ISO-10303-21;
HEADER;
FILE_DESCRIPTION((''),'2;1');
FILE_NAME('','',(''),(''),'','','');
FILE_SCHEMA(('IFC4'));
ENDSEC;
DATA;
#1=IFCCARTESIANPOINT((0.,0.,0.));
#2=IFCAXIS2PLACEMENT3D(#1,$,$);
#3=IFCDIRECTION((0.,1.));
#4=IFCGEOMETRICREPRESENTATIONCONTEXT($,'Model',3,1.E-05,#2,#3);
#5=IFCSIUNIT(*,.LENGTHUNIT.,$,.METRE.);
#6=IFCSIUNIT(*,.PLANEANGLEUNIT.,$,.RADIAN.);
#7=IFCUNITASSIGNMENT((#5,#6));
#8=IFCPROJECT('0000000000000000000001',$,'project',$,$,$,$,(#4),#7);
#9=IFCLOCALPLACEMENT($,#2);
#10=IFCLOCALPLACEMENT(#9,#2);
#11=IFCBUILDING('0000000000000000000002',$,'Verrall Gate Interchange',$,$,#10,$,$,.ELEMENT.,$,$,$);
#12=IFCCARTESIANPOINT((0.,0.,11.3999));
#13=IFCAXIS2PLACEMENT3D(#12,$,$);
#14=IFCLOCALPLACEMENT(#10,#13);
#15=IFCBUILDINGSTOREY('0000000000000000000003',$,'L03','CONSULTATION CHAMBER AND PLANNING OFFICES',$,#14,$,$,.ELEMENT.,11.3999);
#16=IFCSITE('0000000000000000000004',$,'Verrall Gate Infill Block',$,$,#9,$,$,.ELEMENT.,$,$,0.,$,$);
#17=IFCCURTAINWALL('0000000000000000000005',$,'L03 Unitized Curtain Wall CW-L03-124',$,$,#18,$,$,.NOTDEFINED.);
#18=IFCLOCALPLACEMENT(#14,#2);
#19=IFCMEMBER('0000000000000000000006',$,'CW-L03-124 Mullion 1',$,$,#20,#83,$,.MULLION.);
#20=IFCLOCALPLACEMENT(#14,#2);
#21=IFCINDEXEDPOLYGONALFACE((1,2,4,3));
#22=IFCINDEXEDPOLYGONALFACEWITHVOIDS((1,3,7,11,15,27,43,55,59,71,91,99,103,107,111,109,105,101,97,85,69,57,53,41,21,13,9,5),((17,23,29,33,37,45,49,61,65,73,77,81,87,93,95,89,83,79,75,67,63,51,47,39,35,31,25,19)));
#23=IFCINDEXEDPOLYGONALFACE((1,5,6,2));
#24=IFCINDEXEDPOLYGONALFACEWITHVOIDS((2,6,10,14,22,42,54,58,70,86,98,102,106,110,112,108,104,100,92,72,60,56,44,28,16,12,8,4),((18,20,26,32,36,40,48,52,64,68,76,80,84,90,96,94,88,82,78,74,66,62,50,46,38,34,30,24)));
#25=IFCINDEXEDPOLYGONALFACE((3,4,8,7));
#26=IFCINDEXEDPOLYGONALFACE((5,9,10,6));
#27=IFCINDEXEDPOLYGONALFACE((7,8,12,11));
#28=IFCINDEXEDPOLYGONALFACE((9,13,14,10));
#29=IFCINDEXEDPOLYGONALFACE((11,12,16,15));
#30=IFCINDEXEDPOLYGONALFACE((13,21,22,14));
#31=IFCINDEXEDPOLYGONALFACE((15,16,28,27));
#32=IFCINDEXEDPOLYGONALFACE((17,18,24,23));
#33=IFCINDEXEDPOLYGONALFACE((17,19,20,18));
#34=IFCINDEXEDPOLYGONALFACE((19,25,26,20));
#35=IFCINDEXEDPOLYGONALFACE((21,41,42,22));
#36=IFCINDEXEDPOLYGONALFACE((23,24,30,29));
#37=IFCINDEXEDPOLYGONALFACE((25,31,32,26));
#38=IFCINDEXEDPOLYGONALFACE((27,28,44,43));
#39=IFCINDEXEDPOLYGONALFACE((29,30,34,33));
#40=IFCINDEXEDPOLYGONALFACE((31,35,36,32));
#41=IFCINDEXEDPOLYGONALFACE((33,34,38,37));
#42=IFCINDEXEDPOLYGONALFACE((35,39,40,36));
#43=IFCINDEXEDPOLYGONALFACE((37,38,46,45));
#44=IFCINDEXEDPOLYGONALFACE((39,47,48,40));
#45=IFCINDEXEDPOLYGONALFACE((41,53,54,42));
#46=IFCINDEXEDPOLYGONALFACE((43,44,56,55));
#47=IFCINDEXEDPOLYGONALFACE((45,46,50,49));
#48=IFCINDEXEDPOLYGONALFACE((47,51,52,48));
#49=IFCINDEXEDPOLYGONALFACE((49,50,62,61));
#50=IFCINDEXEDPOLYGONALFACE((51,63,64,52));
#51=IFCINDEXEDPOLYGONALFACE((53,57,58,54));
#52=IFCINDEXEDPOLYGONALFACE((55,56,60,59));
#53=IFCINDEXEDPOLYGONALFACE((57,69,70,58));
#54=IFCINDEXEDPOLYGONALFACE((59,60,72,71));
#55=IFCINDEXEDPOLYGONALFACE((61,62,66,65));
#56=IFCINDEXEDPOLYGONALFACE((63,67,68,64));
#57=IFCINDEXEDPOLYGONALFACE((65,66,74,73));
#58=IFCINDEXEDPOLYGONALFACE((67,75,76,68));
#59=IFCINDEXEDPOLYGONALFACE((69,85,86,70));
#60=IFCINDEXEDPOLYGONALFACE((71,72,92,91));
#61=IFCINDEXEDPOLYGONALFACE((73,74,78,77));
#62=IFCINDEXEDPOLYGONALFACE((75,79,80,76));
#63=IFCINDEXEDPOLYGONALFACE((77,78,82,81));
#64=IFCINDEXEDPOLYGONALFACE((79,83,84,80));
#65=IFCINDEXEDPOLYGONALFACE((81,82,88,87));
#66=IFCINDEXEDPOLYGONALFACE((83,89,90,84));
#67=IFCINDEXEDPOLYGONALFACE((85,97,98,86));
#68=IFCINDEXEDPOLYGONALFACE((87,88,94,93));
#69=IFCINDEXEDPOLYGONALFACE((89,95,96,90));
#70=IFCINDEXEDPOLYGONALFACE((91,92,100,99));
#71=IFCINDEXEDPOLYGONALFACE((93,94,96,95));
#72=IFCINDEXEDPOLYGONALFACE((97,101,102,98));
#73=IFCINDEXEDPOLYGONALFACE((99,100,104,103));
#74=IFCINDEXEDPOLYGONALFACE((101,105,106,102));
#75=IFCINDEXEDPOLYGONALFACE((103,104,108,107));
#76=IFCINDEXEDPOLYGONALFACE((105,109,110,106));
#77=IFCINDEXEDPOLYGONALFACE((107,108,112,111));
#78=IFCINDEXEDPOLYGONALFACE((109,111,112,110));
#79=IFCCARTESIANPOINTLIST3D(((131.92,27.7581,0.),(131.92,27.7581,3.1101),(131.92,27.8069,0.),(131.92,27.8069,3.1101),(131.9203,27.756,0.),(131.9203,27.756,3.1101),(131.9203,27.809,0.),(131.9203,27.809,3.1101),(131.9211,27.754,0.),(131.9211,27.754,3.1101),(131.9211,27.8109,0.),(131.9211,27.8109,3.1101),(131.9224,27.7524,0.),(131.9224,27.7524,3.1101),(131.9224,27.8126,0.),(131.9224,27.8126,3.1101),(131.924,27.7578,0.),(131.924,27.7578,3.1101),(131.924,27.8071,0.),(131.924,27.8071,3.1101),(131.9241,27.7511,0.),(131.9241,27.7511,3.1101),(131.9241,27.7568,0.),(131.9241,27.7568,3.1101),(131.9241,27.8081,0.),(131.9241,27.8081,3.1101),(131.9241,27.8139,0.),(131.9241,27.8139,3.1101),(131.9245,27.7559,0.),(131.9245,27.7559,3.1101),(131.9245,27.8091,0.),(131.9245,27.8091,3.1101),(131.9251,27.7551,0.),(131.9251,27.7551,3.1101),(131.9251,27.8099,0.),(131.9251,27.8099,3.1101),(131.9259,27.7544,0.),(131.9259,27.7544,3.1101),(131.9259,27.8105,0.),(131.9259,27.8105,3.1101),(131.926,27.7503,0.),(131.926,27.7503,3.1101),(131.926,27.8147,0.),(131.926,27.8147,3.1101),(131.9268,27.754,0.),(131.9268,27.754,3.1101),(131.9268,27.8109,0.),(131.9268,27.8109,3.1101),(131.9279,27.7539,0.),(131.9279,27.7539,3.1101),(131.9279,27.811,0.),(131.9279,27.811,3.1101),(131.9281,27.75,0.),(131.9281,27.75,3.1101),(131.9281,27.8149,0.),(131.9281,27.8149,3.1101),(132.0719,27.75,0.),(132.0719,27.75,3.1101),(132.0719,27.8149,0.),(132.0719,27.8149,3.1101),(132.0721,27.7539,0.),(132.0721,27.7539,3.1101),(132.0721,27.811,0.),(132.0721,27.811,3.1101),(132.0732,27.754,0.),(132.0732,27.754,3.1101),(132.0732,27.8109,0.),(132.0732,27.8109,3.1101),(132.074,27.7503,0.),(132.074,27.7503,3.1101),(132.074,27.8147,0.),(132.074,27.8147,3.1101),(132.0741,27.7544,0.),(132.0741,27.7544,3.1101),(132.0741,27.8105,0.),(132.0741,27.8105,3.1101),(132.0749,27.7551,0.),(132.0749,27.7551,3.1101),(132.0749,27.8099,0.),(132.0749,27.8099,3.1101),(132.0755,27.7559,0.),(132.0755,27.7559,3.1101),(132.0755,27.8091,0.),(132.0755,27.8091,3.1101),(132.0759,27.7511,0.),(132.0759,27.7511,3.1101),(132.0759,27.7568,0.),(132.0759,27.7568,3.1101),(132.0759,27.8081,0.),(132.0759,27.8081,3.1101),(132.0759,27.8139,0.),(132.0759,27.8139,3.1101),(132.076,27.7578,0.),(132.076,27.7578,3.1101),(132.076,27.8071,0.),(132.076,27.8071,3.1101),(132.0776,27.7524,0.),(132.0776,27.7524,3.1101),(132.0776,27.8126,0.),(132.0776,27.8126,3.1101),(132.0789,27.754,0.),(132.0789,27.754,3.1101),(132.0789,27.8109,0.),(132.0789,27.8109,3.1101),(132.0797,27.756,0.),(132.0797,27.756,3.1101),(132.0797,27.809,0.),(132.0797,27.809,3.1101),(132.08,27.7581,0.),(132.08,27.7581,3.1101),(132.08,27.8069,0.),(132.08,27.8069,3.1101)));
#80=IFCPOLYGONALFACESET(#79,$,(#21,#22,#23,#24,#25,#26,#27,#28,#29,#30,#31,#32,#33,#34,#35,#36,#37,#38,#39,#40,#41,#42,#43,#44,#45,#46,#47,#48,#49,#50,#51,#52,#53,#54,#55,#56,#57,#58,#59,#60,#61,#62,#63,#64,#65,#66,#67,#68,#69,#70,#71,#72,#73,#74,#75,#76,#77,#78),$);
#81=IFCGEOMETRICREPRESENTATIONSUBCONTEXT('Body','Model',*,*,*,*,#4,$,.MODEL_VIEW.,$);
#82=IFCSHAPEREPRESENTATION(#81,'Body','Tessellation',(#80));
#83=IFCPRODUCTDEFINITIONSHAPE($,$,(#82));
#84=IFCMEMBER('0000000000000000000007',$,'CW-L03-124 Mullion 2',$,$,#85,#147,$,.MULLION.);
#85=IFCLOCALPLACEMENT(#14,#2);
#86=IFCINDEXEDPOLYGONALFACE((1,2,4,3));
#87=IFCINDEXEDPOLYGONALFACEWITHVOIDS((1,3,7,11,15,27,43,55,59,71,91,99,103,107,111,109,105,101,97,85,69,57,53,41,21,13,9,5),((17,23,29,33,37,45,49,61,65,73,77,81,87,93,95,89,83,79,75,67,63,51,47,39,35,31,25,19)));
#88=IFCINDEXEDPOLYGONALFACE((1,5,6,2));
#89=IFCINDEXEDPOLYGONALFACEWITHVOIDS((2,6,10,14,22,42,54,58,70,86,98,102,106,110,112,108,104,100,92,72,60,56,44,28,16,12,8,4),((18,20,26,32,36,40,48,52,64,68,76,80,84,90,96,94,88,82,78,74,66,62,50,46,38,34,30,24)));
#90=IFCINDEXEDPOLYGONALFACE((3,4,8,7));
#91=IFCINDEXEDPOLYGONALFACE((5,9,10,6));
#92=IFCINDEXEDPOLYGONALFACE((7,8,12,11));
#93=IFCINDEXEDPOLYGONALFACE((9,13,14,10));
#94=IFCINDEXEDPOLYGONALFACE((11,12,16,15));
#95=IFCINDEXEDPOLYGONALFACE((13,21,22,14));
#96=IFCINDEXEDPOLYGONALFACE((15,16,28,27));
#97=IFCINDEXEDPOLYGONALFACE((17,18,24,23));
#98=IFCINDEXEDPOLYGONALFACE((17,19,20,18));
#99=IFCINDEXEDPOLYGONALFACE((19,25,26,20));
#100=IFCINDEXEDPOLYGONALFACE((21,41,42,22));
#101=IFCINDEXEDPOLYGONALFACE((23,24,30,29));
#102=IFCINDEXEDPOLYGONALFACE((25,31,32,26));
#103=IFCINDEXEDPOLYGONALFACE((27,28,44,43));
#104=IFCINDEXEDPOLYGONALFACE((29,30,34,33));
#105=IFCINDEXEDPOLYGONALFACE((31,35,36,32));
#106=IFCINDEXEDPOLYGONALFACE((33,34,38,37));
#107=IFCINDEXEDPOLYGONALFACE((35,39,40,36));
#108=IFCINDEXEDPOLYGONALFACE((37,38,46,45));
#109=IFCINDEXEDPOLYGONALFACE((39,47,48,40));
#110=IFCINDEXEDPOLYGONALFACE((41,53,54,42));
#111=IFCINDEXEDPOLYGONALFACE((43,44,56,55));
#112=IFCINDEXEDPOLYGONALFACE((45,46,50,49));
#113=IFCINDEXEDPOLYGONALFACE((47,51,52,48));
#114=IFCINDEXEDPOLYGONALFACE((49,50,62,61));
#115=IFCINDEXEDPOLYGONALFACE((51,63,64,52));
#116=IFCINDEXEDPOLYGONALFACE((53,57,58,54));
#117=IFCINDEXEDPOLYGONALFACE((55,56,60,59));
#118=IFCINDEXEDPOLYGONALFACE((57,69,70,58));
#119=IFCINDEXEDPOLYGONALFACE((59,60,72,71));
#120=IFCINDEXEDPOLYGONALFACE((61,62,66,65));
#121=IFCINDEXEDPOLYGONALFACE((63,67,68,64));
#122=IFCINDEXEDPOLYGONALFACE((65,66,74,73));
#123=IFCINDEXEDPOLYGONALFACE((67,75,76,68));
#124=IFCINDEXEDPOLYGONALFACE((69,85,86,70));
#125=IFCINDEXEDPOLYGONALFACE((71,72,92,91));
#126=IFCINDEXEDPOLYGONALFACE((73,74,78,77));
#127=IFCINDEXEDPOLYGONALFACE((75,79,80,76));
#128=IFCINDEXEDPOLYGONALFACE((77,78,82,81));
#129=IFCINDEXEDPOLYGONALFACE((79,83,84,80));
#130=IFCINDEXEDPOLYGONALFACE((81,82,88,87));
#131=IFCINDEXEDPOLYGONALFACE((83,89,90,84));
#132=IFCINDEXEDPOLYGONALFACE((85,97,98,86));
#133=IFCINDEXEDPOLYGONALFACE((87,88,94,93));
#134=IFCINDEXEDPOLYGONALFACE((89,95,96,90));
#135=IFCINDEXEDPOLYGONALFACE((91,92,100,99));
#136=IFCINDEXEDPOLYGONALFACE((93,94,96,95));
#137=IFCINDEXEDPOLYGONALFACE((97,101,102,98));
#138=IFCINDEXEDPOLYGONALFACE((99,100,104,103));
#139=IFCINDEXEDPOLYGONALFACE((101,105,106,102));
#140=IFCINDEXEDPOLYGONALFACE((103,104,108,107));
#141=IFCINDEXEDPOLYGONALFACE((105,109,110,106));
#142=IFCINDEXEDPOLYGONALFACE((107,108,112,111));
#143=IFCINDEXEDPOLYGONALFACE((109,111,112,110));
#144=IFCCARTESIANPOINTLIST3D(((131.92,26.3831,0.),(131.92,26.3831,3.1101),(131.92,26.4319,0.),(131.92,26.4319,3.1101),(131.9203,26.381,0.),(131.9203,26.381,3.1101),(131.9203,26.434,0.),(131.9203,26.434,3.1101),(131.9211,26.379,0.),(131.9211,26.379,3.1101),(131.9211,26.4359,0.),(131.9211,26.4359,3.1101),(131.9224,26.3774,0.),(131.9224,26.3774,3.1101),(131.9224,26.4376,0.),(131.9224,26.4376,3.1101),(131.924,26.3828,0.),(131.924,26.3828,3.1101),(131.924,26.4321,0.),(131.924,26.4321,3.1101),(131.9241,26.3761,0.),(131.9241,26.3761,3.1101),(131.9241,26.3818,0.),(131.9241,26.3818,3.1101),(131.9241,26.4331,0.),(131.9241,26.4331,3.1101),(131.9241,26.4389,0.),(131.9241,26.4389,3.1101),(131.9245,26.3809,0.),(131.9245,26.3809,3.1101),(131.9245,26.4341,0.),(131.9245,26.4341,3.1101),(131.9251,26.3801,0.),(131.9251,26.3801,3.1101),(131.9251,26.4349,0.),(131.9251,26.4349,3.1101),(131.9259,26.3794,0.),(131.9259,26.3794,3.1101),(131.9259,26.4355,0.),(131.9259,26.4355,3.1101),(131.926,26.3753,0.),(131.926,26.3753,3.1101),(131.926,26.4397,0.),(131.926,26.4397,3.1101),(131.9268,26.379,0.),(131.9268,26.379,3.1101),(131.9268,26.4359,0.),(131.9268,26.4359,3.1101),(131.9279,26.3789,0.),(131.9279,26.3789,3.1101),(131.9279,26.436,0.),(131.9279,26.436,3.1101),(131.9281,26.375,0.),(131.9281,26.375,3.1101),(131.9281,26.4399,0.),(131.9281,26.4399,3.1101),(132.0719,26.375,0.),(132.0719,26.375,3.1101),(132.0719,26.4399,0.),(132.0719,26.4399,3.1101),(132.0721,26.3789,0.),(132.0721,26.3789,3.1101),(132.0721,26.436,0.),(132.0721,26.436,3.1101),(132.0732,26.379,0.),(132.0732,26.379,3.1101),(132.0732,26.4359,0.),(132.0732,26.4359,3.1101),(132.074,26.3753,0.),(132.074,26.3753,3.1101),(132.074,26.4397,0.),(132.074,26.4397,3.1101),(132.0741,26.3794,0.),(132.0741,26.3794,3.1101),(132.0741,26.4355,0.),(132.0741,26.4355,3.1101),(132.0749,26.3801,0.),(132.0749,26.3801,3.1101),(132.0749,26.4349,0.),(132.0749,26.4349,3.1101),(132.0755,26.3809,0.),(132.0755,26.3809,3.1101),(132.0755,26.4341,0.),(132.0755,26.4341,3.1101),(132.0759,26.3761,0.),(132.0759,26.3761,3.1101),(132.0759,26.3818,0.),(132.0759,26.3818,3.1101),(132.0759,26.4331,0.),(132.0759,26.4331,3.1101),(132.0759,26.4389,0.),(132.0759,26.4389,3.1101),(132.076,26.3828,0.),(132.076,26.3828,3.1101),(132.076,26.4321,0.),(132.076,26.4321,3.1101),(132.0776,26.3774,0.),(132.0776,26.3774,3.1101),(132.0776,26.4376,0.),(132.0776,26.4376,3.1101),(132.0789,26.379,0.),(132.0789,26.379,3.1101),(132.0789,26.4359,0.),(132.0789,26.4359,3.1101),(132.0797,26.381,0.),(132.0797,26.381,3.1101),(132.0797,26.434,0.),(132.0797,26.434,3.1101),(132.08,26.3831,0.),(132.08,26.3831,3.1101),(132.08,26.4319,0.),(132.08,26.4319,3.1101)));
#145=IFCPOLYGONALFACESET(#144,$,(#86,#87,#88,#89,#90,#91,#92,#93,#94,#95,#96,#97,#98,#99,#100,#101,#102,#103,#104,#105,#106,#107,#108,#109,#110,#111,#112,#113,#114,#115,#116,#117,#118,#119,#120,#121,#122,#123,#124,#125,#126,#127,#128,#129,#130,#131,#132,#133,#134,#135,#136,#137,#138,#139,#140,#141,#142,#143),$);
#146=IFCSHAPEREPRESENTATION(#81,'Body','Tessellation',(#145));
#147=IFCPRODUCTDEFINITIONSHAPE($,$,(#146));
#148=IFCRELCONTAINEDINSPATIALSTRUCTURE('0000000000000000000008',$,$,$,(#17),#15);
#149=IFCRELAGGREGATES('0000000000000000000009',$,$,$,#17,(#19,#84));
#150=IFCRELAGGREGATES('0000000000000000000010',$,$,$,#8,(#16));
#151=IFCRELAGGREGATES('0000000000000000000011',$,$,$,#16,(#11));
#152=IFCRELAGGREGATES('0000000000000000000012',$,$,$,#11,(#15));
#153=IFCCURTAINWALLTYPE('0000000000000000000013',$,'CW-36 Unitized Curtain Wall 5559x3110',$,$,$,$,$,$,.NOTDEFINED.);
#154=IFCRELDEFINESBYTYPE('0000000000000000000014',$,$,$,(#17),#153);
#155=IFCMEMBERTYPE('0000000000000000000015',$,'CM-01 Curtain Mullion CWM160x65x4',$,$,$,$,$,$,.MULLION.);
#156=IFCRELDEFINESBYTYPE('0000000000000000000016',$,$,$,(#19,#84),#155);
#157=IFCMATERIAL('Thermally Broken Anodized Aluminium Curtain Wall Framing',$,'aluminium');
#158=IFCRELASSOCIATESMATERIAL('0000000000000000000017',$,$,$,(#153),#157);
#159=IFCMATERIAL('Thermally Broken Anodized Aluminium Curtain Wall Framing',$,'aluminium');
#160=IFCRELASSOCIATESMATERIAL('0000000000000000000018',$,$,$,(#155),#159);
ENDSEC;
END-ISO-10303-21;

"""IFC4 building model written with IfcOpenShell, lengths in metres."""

from ifc_helpers import new_model, si_unit, direction, frame, origin, origin_2d, place, context, subcontext, project, spatial, hollow_rectangle, extrude, material, material_profile, profile_set, type_object, element, aggregate, save


model = new_model("IFC4")

# Units and contexts
model_context = context("Model", 3, precision=1e-05, world=origin(), true_north=direction((0.0, 1.0)))
body_context = subcontext(model_context, "Body", "Model", "MODEL_VIEW")
ifc_project = project(units=[si_unit("LENGTHUNIT", "METRE"), si_unit("PLANEANGLEUNIT", "RADIAN")], contexts=[model_context])

# Site, building, storey
site_placement = place(None, origin())
site = spatial("IfcSite", under=ifc_project, at=site_placement, Name="Verrall Gate Infill Block", CompositionType="ELEMENT", RefElevation=0.0)
building_placement = place(site_placement, origin())
building = spatial("IfcBuilding", under=site, at=building_placement, Name="Verrall Gate Interchange", CompositionType="ELEMENT")
storey_placement = place(building_placement, frame((0.0, 0.0, 11.3999)))
storey = spatial("IfcBuildingStorey", under=building, at=storey_placement, Name="L03", Description="CONSULTATION CHAMBER AND PLANNING OFFICES", CompositionType="ELEMENT", Elevation=11.3999)

# Curtain wall, members
ifc_material_1 = material(Name="Thermally Broken Anodized Aluminium Curtain Wall Framing", Category="aluminium")
curtain_wall_type = type_object("IfcCurtainWallType", Name="CW-36 Unitized Curtain Wall 5559x3110", PredefinedType="NOTDEFINED", material=ifc_material_1)
curtain_wall_1_placement = place(storey_placement, origin())
curtain_wall_1 = element("IfcCurtainWall", 1, at=curtain_wall_1_placement, inside=storey, type_object=curtain_wall_type, Name="L03 Unitized Curtain Wall CW-L03-124", PredefinedType="NOTDEFINED")
ifc_material_2 = material(Name="Thermally Broken Anodized Aluminium Curtain Wall Framing", Category="aluminium")
ifc_material_profile_1 = material_profile(ifc_material_2, hollow_rectangle(XDim=0.0649, YDim=0.1599, WallThickness=0.0039, InnerFilletRadius=0.0039, OuterFilletRadius=0.0081, at=origin_2d()), Name="CWM160x65x4")
ifc_profile_set_1 = profile_set([ifc_material_profile_1], Name="Thermally Broken Anodized Aluminium Curtain Wall Framing")
member_type_1 = type_object("IfcMemberType", Name="CM-01 Curtain Mullion CWM160x65x4", PredefinedType="MULLION", material=ifc_profile_set_1)
member_1_placement = place(storey_placement, frame((132.0, 27.7825, 0.0), z_axis=(0.0, 0.0, 1.0), x_axis=(0.0, -1.0, 0.0)))
member_1 = element("IfcMember", 2, at=member_1_placement, type_object=member_type_1, Name="CW-L03-124 Mullion 1", PredefinedType="MULLION", context=body_context, shape_type="SweptSolid", body=[
    extrude(hollow_rectangle(XDim=0.0649, YDim=0.1599, WallThickness=0.0039, InnerFilletRadius=0.0039, OuterFilletRadius=0.0081, at=origin_2d()), origin(), (0.0, 0.0, 1.0), 3.1101),
])
member_2_placement = place(storey_placement, frame((132.0, 26.4075, 0.0), z_axis=(0.0, 0.0, 1.0), x_axis=(0.0, -1.0, 0.0)))
member_2 = element("IfcMember", 3, at=member_2_placement, type_object=member_type_1, Name="CW-L03-124 Mullion 2", PredefinedType="MULLION", context=body_context, shape_type="SweptSolid", body=[
    extrude(hollow_rectangle(XDim=0.0649, YDim=0.1599, WallThickness=0.0039, InnerFilletRadius=0.0039, OuterFilletRadius=0.0081, at=origin_2d()), origin(), (0.0, 0.0, 1.0), 3.1101),
])

aggregate(curtain_wall_1, [member_1, member_2])

save(model, "model.ifc")
